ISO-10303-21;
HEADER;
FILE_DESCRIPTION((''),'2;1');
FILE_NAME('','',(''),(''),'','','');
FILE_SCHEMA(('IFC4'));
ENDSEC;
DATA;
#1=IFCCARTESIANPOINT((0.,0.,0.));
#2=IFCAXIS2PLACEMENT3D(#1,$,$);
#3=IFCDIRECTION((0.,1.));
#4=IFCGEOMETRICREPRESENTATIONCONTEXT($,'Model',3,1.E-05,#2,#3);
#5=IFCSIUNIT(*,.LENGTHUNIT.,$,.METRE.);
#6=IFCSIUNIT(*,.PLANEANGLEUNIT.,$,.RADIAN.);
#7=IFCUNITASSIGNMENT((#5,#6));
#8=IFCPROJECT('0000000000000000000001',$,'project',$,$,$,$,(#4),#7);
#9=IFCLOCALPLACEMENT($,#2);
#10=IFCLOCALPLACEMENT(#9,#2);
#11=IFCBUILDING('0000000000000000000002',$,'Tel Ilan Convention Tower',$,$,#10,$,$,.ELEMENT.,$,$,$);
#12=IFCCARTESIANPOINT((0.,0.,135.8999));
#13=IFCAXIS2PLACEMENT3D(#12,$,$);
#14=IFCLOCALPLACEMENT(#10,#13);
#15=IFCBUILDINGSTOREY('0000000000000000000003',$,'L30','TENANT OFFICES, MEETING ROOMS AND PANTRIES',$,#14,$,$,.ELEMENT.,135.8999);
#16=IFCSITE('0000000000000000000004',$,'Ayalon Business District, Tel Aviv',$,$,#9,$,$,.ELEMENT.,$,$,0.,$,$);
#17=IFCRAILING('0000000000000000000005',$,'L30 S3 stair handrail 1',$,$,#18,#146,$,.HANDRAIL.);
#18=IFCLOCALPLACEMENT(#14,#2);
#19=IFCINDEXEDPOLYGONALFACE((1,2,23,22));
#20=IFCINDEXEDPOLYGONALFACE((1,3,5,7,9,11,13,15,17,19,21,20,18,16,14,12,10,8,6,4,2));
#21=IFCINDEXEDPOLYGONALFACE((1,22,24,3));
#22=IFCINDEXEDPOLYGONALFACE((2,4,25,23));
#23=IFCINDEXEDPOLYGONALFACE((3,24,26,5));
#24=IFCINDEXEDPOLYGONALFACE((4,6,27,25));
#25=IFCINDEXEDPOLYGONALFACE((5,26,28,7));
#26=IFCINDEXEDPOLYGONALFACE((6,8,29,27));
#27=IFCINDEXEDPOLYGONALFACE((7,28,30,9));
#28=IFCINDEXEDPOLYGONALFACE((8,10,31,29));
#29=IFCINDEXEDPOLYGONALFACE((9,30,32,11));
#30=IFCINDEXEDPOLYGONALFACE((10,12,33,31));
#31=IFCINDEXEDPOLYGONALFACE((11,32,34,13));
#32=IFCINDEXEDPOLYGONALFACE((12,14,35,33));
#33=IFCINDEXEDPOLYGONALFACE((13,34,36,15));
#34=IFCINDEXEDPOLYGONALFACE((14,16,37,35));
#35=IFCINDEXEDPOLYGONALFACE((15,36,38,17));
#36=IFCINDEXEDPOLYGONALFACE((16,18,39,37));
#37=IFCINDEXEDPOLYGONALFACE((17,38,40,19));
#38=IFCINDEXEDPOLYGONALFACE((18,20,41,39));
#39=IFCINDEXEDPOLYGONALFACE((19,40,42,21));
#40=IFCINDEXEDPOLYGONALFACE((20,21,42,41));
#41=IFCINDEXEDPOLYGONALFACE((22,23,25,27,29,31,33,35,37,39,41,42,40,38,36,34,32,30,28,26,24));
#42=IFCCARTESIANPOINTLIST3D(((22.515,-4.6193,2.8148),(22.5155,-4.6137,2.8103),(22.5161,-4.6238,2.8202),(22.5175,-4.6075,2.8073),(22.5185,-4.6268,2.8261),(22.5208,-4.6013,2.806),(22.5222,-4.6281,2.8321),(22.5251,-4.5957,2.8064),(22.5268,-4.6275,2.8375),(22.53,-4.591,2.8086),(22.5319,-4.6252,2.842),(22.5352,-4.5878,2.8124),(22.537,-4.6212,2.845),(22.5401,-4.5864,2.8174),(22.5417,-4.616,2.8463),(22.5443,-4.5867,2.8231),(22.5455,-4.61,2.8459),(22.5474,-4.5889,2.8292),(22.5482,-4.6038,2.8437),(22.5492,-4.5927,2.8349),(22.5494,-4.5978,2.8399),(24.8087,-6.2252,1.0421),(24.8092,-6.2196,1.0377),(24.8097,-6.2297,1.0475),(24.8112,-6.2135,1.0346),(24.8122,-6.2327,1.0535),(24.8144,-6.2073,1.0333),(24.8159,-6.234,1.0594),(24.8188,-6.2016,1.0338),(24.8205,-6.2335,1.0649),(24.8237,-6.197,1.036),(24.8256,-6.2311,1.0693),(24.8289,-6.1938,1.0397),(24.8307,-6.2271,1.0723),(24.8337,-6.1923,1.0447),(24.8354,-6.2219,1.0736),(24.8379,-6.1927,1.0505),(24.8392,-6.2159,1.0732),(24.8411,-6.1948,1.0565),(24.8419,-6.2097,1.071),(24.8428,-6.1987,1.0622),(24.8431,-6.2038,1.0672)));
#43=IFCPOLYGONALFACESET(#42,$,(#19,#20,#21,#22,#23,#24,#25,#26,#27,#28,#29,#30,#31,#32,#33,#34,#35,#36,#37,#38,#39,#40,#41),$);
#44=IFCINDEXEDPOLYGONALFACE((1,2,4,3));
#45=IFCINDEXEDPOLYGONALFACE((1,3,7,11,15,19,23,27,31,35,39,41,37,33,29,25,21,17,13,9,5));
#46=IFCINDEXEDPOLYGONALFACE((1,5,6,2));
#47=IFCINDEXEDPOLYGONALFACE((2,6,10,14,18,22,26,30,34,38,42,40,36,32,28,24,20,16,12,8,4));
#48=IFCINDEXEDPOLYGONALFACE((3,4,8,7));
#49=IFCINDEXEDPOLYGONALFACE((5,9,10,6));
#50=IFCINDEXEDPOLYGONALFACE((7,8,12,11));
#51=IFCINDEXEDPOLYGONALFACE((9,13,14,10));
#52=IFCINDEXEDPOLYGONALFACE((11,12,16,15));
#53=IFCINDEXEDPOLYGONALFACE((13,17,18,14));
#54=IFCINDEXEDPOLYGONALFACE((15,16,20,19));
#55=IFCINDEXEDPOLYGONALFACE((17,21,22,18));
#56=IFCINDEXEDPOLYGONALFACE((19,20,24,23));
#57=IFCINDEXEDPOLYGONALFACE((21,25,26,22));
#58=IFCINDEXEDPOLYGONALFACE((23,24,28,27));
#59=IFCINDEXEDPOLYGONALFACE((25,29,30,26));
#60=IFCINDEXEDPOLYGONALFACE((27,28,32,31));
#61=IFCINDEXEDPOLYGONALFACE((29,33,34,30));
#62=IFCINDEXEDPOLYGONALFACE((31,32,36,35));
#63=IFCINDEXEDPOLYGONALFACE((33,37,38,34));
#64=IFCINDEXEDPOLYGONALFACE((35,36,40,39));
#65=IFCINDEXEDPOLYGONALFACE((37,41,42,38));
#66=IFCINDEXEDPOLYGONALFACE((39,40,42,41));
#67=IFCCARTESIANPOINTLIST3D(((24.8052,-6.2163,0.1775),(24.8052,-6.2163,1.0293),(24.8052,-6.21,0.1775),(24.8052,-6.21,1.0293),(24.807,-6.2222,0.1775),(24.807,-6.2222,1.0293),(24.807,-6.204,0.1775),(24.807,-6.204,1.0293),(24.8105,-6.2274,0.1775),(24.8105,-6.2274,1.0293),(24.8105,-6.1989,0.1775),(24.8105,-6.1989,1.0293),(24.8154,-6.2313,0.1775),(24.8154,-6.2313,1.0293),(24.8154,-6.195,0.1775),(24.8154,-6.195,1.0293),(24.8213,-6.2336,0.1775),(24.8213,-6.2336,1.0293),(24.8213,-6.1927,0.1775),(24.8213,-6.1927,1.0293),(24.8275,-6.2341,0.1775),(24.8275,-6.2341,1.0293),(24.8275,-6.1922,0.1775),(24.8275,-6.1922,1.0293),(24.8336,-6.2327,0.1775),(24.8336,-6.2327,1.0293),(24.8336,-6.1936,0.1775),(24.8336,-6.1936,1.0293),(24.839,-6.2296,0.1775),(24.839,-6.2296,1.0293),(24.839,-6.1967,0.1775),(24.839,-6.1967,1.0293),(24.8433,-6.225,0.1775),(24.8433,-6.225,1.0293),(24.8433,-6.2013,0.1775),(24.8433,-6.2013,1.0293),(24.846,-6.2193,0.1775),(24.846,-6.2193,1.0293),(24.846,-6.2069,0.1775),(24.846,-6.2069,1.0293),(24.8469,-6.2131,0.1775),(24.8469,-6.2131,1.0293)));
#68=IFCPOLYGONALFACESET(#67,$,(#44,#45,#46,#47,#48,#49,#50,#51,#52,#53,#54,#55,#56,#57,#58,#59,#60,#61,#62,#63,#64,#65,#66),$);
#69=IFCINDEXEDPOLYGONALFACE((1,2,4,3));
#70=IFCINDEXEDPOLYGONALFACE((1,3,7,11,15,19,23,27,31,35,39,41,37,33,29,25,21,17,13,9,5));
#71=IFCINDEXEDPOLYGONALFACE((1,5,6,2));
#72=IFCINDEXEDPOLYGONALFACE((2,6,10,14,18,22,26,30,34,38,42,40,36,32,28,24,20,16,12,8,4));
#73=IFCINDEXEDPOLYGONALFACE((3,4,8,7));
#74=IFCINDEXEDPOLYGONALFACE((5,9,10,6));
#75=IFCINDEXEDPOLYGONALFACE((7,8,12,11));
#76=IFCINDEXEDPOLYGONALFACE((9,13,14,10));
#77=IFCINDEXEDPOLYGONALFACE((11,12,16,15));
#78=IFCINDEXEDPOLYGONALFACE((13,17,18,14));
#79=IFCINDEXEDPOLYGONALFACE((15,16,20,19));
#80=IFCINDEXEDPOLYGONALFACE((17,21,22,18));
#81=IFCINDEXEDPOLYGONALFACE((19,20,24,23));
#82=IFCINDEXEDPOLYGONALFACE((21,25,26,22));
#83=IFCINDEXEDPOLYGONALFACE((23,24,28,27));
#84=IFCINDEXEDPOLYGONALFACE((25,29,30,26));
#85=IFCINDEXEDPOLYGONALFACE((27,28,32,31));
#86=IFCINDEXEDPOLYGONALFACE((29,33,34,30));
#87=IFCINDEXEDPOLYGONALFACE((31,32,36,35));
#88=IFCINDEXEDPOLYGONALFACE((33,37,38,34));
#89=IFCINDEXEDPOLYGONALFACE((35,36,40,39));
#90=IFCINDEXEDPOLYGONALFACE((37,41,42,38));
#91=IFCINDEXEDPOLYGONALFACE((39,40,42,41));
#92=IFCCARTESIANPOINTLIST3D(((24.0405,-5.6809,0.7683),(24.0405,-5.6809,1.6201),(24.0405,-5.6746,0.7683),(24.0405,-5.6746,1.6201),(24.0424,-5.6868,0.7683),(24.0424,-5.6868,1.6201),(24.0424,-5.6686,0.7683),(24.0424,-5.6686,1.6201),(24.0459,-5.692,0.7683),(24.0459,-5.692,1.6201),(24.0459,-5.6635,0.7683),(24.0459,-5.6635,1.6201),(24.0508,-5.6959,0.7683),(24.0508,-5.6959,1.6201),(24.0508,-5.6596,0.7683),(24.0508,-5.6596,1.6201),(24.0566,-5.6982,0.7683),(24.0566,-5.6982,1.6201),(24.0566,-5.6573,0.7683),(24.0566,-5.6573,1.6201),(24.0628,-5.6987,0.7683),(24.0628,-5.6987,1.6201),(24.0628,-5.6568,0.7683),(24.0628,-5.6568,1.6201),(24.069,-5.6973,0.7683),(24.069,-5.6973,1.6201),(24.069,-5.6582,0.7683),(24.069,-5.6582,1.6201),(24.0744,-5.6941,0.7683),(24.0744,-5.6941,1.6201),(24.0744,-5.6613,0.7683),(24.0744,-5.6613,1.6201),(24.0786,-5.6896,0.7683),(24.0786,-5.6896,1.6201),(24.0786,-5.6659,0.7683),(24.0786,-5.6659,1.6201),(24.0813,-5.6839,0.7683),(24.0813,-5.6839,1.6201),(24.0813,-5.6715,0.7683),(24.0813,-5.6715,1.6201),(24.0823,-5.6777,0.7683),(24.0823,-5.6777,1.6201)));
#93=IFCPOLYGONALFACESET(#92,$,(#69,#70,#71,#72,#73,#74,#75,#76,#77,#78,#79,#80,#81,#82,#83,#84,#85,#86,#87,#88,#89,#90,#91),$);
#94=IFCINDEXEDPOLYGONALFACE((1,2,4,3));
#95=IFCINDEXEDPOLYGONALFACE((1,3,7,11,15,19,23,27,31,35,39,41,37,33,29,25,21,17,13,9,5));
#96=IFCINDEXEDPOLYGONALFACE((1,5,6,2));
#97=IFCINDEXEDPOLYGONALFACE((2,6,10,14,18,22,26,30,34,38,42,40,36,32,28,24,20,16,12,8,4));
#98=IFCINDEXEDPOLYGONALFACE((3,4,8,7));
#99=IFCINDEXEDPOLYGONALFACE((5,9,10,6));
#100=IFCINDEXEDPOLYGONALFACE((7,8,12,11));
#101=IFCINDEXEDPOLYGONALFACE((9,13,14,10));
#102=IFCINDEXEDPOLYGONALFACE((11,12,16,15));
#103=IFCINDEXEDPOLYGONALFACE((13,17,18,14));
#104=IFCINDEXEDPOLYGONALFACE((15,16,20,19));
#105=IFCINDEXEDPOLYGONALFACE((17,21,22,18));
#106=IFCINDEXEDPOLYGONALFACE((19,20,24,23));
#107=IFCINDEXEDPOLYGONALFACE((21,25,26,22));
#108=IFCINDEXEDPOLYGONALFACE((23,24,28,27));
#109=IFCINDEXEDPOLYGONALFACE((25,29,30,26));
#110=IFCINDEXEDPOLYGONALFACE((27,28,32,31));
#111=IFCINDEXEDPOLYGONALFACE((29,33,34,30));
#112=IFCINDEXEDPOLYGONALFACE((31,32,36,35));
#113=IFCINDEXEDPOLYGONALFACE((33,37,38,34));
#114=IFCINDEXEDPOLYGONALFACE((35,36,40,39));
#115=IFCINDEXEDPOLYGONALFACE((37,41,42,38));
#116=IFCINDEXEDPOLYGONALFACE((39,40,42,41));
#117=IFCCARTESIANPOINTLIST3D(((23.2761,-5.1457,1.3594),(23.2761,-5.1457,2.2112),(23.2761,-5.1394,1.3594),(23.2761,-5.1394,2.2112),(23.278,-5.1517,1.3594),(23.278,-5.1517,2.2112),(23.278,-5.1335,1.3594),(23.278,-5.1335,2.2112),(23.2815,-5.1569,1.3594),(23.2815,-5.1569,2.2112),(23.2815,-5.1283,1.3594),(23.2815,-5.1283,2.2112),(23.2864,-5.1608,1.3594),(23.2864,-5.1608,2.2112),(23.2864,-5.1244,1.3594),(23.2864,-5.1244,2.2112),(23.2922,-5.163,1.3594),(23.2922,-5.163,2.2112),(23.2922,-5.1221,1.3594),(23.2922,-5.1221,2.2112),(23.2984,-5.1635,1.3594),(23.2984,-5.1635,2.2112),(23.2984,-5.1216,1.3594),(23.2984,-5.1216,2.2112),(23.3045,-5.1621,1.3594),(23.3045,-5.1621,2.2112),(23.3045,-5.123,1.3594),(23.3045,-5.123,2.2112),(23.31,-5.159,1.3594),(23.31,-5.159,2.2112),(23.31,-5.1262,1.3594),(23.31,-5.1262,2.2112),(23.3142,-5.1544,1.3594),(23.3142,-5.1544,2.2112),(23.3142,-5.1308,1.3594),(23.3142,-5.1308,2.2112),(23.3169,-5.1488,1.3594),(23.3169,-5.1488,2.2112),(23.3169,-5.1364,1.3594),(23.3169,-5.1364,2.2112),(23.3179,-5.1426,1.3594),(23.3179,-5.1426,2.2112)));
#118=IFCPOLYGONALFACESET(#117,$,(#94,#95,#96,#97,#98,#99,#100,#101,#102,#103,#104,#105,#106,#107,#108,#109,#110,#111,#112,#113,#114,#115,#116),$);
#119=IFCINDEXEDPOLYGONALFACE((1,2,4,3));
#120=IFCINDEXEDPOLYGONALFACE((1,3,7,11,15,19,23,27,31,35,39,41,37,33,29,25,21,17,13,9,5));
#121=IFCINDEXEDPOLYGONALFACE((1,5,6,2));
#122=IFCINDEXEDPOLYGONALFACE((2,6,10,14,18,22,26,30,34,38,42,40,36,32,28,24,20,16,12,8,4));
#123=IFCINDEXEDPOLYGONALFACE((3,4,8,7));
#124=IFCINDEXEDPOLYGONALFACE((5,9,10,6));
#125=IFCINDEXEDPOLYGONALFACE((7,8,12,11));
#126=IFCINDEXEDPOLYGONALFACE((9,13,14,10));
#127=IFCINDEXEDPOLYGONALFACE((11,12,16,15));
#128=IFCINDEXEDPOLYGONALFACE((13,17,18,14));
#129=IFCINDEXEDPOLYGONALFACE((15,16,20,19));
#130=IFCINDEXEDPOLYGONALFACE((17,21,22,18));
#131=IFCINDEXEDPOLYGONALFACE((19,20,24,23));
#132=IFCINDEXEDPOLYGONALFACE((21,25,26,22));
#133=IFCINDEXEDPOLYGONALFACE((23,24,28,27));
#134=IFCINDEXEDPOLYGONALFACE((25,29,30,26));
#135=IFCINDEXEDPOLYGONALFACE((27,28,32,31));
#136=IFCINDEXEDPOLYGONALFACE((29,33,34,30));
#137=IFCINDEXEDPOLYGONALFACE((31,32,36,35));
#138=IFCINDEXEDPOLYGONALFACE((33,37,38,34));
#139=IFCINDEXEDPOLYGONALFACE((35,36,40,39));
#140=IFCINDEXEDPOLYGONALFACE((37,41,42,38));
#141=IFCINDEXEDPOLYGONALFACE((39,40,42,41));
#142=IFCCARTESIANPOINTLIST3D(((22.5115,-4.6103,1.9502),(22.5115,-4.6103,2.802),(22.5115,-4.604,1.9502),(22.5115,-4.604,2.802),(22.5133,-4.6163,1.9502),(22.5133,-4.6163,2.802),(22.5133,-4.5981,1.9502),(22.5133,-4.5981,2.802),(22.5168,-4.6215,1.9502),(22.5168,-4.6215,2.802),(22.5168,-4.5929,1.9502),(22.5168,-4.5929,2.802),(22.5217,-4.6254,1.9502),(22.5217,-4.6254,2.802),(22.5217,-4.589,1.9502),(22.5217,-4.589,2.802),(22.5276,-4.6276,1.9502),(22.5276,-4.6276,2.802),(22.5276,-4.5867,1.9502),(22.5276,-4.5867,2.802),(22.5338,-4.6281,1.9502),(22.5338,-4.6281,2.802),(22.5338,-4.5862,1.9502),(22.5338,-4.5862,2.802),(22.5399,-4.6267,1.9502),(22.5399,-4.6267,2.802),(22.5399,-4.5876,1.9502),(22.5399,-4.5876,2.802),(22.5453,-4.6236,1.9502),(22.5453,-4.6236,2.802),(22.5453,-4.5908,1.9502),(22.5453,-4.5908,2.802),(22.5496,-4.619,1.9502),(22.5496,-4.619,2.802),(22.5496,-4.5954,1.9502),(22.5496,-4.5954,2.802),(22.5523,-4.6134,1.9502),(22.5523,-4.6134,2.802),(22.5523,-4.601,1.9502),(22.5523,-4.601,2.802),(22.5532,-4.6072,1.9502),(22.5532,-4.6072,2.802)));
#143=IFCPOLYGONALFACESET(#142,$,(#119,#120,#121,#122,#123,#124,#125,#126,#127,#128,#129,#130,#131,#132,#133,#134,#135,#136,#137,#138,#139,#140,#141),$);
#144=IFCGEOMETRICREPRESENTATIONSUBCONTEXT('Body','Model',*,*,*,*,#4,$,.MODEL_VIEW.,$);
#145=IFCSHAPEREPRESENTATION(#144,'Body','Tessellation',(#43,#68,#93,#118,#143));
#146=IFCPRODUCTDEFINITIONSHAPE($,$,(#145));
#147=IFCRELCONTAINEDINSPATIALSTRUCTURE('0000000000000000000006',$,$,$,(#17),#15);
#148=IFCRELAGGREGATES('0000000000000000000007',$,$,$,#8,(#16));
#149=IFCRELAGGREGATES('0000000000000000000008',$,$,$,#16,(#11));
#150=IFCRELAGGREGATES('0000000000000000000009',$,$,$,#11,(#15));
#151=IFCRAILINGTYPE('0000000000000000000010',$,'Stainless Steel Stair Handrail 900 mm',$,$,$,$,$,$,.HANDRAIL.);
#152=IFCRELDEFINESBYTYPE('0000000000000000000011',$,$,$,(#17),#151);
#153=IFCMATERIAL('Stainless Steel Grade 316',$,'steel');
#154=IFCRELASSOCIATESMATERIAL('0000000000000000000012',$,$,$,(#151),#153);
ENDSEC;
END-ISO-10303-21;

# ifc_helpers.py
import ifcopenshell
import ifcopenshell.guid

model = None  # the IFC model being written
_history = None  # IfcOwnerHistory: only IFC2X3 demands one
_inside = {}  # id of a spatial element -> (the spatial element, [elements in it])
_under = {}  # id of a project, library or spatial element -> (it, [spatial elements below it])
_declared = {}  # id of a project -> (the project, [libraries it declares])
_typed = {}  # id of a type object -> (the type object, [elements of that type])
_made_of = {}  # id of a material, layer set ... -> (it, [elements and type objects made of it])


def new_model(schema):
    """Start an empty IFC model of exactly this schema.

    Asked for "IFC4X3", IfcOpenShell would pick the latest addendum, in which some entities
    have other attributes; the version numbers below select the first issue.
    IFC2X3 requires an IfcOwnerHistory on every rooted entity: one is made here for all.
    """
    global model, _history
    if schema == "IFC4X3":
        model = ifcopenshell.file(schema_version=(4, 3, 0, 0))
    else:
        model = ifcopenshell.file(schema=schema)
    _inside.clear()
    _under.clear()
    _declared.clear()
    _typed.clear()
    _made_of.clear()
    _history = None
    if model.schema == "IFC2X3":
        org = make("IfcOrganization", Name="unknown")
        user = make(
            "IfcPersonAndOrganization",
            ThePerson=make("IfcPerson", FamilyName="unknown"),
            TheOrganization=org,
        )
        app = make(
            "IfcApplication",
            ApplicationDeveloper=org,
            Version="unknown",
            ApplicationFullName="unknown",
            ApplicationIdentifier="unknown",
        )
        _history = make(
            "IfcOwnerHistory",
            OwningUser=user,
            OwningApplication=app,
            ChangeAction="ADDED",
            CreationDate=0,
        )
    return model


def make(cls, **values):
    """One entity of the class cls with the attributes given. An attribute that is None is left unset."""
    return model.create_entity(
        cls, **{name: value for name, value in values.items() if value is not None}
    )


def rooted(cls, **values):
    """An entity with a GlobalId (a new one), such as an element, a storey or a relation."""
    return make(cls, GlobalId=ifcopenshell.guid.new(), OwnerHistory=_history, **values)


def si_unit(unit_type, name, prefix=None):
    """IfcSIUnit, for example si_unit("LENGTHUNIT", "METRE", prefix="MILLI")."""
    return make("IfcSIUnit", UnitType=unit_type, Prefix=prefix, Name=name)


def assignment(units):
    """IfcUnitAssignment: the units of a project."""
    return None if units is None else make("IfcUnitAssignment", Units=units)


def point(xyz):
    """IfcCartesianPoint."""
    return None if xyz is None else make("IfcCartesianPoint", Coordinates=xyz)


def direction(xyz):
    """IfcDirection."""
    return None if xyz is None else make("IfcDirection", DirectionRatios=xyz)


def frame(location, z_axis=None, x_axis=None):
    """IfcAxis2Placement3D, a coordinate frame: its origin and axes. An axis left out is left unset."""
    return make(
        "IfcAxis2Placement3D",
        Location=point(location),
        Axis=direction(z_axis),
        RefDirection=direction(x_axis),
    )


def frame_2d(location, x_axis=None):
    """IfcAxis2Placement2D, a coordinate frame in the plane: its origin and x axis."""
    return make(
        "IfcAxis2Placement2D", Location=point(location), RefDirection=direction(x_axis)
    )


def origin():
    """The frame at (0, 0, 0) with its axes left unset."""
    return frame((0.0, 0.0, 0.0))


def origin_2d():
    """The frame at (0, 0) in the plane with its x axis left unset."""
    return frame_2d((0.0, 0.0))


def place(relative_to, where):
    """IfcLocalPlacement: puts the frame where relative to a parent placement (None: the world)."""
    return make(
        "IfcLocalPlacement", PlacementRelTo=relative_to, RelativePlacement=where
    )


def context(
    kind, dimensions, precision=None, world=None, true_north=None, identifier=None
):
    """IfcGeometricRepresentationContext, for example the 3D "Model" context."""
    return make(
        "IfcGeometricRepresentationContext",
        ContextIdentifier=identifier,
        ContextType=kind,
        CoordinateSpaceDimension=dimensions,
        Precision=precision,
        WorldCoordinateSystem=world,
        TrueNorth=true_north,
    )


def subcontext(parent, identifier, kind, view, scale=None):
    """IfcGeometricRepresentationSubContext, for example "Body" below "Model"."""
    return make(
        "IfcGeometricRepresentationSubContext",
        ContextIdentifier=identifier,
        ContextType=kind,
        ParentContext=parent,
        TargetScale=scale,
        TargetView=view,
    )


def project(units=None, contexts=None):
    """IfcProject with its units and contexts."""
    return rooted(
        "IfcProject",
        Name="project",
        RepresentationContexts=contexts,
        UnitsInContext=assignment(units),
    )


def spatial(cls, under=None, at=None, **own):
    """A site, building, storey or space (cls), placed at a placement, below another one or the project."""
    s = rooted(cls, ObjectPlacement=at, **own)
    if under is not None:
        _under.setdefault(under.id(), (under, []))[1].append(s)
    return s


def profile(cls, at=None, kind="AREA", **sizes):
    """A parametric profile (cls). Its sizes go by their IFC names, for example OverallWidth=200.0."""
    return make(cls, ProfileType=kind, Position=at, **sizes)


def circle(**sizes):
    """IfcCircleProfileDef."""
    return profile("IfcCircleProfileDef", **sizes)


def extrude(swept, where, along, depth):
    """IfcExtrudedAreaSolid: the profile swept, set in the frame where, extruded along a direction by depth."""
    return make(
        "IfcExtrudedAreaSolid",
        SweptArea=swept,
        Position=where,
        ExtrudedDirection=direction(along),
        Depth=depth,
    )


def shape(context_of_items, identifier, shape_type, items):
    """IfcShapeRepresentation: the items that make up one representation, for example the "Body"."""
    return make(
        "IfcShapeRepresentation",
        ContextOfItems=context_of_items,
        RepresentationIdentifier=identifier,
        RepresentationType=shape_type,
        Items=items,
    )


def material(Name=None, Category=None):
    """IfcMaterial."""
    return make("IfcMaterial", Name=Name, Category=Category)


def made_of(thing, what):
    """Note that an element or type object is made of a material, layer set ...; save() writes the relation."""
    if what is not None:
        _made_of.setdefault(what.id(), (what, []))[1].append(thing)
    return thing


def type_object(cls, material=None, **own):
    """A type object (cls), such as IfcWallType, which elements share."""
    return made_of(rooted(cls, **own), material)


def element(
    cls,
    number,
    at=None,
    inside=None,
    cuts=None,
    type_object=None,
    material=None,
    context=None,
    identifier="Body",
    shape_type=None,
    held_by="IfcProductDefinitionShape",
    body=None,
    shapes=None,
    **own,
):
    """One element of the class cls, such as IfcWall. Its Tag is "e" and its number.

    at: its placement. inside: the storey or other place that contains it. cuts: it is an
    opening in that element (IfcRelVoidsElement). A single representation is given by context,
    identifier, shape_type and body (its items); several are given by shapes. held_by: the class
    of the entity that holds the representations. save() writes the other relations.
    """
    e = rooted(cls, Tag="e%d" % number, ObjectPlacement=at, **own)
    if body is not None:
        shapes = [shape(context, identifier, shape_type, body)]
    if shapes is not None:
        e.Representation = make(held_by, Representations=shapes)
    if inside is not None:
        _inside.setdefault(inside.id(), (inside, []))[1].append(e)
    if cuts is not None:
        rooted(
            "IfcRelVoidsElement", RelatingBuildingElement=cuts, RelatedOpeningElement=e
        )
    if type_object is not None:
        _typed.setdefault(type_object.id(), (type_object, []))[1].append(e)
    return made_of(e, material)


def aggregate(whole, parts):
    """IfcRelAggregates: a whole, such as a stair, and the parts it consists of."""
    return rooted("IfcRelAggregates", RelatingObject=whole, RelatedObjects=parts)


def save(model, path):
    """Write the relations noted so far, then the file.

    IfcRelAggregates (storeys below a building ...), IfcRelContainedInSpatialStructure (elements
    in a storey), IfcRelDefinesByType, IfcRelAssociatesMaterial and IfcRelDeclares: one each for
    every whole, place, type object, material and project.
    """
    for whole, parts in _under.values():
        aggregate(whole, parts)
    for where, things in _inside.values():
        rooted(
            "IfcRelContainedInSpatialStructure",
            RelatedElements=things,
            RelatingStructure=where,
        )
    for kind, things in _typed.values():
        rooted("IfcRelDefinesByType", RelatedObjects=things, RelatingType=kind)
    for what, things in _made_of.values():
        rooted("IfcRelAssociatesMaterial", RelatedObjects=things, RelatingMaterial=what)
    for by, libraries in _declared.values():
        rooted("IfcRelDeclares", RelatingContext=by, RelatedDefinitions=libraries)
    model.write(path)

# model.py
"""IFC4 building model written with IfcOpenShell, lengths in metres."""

from ifc_helpers import new_model, si_unit, direction, frame, origin, origin_2d, place, context, subcontext, project, spatial, circle, extrude, material, type_object, element, save


model = new_model("IFC4")

# Units and contexts
model_context = context("Model", 3, precision=1e-05, world=origin(), true_north=direction((0.0, 1.0)))
body_context = subcontext(model_context, "Body", "Model", "MODEL_VIEW")
ifc_project = project(units=[si_unit("LENGTHUNIT", "METRE"), si_unit("PLANEANGLEUNIT", "RADIAN")], contexts=[model_context])

# Site, building, storey
site_placement = place(None, origin())
site = spatial("IfcSite", under=ifc_project, at=site_placement, Name="Ayalon Business District, Tel Aviv", CompositionType="ELEMENT", RefElevation=0.0)
building_placement = place(site_placement, origin())
building = spatial("IfcBuilding", under=site, at=building_placement, Name="Tel Ilan Convention Tower", CompositionType="ELEMENT")
storey_placement = place(building_placement, frame((0.0, 0.0, 135.8999)))
storey = spatial("IfcBuildingStorey", under=building, at=storey_placement, Name="L30", Description="TENANT OFFICES, MEETING ROOMS AND PANTRIES", CompositionType="ELEMENT", Elevation=135.8999)

# Railing
ifc_material_1 = material(Name="Stainless Steel Grade 316", Category="steel")
railing_type = type_object("IfcRailingType", Name="Stainless Steel Stair Handrail 900 mm", PredefinedType="HANDRAIL", material=ifc_material_1)
railing_placement = place(storey_placement, frame((24.8259, -6.2131, 0.1775)))
element("IfcRailing", 1, at=railing_placement, inside=storey, type_object=railing_type, Name="L30 S3 stair handrail 1", PredefinedType="HANDRAIL", context=body_context, shape_type="SweptSolid", body=[
    extrude(circle(Radius=0.0239, at=origin_2d()), frame((0.0, 0.0, 0.876), z_axis=(-0.692123, 0.484597, 0.534913), x_axis=(-0.57355, -0.81917, 0.0)), (0.0, 0.0, 1.0), 3.314),
    extrude(circle(Radius=0.021, at=origin_2d()), origin(), (0.0, 0.0, 1.0), 0.8518),
    extrude(circle(Radius=0.021, at=origin_2d()), frame((-0.7646, 0.5354, 0.5908)), (0.0, 0.0, 1.0), 0.8518),
    extrude(circle(Radius=0.021, at=origin_2d()), frame((-1.5291, 1.0706, 1.1819)), (0.0, 0.0, 1.0), 0.8518),
    extrude(circle(Radius=0.021, at=origin_2d()), frame((-2.2937, 1.606, 1.7727)), (0.0, 0.0, 1.0), 0.8518),
])

save(model, "model.ifc")
